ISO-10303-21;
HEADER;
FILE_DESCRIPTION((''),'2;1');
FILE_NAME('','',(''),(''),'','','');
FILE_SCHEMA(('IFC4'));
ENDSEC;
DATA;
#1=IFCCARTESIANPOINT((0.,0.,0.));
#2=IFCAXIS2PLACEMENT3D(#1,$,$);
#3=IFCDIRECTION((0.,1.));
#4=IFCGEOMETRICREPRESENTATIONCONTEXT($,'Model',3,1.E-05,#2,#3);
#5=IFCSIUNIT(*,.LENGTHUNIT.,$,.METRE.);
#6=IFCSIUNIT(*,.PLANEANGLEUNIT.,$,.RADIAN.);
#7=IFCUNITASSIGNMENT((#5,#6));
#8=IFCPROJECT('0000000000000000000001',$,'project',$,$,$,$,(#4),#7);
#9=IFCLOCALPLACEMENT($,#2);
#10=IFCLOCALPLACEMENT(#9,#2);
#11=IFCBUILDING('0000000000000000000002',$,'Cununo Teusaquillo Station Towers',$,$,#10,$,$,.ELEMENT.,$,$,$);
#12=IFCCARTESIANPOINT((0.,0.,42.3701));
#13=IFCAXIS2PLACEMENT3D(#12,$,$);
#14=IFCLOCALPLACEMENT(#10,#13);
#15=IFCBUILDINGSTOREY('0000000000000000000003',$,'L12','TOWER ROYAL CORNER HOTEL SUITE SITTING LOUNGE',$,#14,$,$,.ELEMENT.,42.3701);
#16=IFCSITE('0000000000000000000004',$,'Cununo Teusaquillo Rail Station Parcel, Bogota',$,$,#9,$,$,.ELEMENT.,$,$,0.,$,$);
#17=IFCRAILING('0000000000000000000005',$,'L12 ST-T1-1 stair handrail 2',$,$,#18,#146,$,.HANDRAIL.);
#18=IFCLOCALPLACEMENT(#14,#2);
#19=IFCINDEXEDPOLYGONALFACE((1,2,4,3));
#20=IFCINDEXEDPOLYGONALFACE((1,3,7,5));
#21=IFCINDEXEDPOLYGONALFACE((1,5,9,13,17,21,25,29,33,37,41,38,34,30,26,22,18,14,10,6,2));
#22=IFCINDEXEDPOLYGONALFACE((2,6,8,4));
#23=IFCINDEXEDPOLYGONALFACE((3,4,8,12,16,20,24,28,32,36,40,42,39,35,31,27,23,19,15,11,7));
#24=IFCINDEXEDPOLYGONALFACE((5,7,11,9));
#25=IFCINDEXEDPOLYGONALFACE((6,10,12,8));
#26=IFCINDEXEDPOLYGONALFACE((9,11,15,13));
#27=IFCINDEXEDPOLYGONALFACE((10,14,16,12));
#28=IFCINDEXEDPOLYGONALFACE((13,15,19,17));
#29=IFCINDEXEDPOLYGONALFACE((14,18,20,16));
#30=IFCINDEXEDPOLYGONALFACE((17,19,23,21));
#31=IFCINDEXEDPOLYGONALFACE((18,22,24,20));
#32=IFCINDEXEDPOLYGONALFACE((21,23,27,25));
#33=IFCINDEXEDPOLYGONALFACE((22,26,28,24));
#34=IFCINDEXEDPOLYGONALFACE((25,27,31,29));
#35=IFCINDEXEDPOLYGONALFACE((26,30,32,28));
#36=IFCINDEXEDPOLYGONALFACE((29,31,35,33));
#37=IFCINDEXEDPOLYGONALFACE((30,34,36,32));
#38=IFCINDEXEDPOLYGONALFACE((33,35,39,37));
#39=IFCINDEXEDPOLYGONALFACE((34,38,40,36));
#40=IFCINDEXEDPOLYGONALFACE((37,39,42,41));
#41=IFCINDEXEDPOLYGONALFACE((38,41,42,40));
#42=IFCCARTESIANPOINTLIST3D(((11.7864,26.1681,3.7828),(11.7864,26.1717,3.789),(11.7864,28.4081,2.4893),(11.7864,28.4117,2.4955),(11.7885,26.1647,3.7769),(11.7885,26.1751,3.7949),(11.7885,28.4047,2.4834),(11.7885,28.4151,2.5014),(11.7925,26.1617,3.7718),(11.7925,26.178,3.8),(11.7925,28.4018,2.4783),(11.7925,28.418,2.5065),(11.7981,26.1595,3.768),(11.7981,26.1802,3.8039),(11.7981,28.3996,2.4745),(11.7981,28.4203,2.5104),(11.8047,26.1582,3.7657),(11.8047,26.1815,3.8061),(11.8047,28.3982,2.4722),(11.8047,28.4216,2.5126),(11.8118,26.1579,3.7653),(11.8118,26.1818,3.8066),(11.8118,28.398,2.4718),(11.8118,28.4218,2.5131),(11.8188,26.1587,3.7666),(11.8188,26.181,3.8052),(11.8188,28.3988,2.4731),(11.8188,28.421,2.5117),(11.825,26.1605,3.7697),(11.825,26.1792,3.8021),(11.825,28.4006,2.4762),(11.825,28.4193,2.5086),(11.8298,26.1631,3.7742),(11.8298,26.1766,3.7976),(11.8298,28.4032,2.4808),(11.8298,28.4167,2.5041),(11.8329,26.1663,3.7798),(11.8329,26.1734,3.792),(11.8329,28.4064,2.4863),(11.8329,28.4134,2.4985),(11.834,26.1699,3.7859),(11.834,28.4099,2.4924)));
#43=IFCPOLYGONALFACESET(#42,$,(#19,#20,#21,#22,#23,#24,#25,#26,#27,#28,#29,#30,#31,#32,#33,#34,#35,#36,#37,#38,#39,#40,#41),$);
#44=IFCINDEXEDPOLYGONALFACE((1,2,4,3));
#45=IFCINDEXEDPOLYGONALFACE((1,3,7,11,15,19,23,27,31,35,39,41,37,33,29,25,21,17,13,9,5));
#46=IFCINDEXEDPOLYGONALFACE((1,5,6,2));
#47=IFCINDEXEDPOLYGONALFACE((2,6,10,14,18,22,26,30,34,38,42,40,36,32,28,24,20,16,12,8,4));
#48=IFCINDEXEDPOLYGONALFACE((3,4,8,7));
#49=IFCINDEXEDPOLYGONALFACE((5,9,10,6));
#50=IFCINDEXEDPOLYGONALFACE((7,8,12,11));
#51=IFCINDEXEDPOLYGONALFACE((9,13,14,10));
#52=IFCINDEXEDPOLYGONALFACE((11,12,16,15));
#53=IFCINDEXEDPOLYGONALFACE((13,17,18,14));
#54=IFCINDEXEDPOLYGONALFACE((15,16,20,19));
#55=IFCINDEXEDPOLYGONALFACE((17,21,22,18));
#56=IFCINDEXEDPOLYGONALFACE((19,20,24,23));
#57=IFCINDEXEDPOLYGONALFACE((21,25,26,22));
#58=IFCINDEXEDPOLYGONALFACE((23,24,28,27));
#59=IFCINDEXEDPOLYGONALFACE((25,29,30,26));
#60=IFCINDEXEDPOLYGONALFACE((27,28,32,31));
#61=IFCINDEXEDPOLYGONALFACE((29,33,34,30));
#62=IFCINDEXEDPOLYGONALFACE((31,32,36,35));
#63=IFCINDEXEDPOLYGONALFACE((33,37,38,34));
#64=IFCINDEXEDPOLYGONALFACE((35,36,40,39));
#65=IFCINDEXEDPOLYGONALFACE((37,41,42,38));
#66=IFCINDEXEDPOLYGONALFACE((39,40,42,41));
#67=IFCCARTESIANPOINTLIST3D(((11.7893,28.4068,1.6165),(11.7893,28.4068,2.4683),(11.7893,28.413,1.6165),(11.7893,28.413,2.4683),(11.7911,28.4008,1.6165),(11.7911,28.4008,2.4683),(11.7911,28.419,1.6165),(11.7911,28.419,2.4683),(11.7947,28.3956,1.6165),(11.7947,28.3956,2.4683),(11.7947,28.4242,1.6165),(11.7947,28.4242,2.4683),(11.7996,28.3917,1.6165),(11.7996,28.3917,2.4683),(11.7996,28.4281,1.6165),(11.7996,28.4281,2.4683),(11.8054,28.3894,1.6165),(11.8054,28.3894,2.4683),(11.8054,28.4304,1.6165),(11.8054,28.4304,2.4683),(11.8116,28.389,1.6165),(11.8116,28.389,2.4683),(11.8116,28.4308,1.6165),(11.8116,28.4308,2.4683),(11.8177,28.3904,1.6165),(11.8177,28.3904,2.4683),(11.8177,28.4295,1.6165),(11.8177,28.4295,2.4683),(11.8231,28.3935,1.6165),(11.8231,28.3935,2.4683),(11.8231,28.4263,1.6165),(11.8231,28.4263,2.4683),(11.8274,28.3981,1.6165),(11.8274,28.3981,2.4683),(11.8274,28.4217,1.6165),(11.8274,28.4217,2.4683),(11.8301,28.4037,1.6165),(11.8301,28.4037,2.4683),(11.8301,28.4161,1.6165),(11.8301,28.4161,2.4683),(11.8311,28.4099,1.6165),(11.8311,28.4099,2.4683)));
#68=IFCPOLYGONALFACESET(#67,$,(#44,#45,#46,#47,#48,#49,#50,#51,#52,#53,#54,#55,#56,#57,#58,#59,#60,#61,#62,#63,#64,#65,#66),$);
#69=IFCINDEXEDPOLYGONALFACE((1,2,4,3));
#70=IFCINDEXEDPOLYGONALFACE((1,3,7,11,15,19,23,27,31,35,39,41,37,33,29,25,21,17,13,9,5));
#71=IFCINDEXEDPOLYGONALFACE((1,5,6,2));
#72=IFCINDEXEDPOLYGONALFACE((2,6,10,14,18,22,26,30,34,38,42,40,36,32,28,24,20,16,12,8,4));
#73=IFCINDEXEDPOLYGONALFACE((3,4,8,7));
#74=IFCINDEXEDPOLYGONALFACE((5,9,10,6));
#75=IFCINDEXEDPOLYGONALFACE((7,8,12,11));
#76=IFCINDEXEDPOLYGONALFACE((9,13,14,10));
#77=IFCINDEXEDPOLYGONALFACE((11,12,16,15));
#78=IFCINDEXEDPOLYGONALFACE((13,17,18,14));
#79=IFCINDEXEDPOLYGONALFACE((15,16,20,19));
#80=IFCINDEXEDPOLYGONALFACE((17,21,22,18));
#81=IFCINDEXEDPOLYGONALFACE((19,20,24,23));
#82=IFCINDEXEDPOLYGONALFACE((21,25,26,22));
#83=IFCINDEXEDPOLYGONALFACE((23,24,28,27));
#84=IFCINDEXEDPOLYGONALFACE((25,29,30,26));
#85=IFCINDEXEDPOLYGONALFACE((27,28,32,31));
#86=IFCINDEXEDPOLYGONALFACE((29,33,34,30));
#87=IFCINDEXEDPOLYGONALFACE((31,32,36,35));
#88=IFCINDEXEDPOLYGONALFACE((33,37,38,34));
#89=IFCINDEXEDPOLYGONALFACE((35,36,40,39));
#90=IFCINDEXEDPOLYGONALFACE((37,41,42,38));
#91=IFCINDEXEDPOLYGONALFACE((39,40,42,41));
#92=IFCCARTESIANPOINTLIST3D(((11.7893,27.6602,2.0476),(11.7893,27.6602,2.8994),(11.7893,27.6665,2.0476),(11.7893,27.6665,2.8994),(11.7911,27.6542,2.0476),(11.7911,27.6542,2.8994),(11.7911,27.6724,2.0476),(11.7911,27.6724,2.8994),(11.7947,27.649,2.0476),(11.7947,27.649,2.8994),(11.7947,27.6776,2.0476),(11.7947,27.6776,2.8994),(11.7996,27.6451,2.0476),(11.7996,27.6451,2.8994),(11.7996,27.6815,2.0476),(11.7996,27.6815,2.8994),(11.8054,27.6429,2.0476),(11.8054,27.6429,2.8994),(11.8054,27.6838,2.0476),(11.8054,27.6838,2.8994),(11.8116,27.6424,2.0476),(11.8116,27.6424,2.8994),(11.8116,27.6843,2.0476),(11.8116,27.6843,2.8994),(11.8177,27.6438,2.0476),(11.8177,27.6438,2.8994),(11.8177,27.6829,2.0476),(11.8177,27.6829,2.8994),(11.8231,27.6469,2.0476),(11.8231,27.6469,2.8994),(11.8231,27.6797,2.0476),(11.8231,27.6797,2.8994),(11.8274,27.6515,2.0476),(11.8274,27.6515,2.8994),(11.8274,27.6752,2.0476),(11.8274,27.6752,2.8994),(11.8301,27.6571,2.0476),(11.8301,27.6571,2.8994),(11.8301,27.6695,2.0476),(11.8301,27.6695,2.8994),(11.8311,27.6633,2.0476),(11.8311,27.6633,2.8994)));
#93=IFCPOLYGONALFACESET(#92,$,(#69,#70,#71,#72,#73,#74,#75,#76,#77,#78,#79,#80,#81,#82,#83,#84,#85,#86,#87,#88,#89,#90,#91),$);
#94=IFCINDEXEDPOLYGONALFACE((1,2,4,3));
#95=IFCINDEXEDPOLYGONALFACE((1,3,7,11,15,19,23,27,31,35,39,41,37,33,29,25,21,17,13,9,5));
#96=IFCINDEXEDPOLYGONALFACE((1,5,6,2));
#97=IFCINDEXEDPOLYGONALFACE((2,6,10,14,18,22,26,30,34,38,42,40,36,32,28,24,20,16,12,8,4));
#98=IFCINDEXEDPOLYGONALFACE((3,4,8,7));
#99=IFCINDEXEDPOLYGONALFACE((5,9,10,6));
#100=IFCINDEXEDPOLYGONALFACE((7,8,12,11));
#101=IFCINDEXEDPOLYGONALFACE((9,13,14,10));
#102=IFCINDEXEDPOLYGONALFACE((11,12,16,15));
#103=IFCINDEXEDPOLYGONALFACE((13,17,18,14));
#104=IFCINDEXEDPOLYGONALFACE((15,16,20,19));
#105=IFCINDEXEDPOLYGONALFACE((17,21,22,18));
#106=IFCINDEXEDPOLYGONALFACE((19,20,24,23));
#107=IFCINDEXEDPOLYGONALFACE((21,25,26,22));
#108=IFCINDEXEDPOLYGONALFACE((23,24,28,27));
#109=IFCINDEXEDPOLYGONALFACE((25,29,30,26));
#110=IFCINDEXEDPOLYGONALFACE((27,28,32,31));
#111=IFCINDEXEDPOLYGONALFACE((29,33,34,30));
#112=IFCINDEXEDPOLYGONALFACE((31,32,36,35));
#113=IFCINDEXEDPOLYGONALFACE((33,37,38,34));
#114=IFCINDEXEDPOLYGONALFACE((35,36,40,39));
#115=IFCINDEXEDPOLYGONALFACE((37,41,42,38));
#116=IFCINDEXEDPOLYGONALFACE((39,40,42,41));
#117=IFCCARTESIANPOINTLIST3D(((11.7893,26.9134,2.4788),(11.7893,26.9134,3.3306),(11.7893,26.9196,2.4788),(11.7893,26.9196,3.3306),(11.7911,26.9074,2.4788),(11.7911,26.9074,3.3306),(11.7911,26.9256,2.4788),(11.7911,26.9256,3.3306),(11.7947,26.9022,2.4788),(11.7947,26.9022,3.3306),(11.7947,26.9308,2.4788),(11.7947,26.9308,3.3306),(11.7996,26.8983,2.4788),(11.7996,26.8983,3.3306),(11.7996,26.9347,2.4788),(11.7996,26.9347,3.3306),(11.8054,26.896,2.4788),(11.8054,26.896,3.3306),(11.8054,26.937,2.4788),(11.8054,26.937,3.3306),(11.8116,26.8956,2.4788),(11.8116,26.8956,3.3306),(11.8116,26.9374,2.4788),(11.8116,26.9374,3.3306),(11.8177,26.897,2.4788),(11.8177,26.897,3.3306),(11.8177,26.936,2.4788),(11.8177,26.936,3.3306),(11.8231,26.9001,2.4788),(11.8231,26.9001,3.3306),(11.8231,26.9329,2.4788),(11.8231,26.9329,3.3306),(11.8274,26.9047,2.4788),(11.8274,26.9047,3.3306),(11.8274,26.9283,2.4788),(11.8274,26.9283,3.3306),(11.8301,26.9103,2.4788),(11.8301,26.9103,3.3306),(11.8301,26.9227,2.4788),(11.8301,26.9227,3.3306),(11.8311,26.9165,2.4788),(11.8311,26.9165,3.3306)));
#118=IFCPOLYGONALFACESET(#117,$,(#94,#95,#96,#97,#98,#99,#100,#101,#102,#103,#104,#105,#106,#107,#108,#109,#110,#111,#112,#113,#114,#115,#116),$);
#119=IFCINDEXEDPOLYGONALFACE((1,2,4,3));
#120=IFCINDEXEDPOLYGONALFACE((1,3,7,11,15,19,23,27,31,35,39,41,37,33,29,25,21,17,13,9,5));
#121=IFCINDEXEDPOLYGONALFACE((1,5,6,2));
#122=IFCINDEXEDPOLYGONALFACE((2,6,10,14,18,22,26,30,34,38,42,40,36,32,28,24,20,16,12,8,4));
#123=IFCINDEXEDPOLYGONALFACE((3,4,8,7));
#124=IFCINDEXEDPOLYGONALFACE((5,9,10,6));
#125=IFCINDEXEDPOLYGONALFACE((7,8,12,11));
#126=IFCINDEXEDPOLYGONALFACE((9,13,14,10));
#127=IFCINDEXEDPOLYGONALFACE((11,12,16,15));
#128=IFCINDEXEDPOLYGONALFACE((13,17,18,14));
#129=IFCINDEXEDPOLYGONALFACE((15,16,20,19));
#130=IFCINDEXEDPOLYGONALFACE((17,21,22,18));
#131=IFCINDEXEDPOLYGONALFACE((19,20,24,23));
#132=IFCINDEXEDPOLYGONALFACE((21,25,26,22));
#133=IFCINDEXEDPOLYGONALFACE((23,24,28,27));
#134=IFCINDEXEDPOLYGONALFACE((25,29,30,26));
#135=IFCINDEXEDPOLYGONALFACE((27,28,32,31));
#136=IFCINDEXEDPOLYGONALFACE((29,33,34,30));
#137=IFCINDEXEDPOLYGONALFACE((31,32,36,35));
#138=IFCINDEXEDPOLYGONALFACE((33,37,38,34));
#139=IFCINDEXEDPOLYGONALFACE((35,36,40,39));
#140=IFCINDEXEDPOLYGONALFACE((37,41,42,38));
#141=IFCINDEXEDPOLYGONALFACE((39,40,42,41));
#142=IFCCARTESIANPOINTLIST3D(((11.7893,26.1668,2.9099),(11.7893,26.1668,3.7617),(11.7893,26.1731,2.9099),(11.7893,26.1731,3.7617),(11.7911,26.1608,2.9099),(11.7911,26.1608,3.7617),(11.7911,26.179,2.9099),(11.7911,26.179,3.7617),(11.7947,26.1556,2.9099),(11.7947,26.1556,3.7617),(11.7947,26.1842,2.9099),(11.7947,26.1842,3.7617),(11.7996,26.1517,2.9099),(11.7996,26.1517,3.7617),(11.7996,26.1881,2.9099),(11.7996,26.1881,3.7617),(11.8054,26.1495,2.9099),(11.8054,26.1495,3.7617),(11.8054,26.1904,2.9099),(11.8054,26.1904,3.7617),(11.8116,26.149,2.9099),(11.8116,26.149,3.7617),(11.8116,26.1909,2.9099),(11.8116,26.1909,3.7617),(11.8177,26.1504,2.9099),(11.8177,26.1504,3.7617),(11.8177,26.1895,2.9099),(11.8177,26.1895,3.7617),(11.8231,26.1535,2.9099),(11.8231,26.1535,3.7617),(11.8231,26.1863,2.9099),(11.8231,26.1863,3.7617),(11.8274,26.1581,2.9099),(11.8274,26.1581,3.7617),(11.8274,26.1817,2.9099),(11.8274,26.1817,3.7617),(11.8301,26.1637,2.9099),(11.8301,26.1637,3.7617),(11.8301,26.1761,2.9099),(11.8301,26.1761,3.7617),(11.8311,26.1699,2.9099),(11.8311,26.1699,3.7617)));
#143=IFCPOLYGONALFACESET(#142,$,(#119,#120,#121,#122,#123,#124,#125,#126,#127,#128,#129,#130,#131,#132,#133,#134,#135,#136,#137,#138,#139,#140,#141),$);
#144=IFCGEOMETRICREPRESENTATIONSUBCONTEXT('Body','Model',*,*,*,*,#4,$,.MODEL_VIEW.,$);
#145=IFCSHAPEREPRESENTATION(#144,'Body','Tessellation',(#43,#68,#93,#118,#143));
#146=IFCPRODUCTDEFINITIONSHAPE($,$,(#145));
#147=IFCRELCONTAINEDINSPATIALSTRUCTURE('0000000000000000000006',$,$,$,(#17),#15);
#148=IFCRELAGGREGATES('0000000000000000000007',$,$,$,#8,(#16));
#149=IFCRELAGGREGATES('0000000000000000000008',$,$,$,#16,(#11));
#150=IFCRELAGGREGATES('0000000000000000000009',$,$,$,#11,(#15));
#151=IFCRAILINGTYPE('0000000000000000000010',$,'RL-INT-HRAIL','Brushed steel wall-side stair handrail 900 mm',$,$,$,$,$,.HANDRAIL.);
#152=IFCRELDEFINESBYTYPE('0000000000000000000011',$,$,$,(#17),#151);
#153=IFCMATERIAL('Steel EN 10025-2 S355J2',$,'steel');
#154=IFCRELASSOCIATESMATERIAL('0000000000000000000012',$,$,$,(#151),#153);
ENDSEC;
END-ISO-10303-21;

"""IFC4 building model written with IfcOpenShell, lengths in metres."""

from ifc_helpers import new_model, si_unit, direction, frame, origin, origin_2d, place, context, subcontext, project, spatial, circle, extrude, material, type_object, element, save


model = new_model("IFC4")

# Units and contexts
model_context = context("Model", 3, precision=1e-05, world=origin(), true_north=direction((0.0, 1.0)))
body_context = subcontext(model_context, "Body", "Model", "MODEL_VIEW")
ifc_project = project(units=[si_unit("LENGTHUNIT", "METRE"), si_unit("PLANEANGLEUNIT", "RADIAN")], contexts=[model_context])

# Site, building, storey
site_placement = place(None, origin())
site = spatial("IfcSite", under=ifc_project, at=site_placement, Name="Cununo Teusaquillo Rail Station Parcel, Bogota", CompositionType="ELEMENT", RefElevation=0.0)
building_placement = place(site_placement, origin())
building = spatial("IfcBuilding", under=site, at=building_placement, Name="Cununo Teusaquillo Station Towers", CompositionType="ELEMENT")
storey_placement = place(building_placement, frame((0.0, 0.0, 42.3701)))
storey = spatial("IfcBuildingStorey", under=building, at=storey_placement, Name="L12", Description="TOWER ROYAL CORNER HOTEL SUITE SITTING LOUNGE", CompositionType="ELEMENT", Elevation=42.3701)

# Railing
ifc_material_1 = material(Name="Steel EN 10025-2 S355J2", Category="steel")
railing_type_1 = type_object("IfcRailingType", Name="RL-INT-HRAIL", Description="Brushed steel wall-side stair handrail 900 mm", PredefinedType="HANDRAIL", material=ifc_material_1)
railing_1_placement = place(storey_placement, frame((11.8101, 28.4099, 1.6165)))
element("IfcRailing", 1, at=railing_1_placement, inside=storey, type_object=railing_type_1, Name="L12 ST-T1-1 stair handrail 2", PredefinedType="HANDRAIL", context=body_context, shape_type="SweptSolid", body=[
    extrude(circle(Radius=0.0239, at=origin_2d()), frame((0.0, 0.0, 0.876), z_axis=(0.0, -0.865992, 0.500057), x_axis=(1.0, 0.0, 0.0)), (0.0, 0.0, 1.0), 2.5867),
    extrude(circle(Radius=0.021, at=origin_2d()), origin(), (0.0, 0.0, 1.0), 0.8518),
    extrude(circle(Radius=0.021, at=origin_2d()), frame((0.0, -0.7466, 0.4312)), (0.0, 0.0, 1.0), 0.8518),
    extrude(circle(Radius=0.021, at=origin_2d()), frame((0.0, -1.4934, 0.8623)), (0.0, 0.0, 1.0), 0.8518),
    extrude(circle(Radius=0.021, at=origin_2d()), frame((0.0, -2.24, 1.2935)), (0.0, 0.0, 1.0), 0.8518),
])

save(model, "model.ifc")
